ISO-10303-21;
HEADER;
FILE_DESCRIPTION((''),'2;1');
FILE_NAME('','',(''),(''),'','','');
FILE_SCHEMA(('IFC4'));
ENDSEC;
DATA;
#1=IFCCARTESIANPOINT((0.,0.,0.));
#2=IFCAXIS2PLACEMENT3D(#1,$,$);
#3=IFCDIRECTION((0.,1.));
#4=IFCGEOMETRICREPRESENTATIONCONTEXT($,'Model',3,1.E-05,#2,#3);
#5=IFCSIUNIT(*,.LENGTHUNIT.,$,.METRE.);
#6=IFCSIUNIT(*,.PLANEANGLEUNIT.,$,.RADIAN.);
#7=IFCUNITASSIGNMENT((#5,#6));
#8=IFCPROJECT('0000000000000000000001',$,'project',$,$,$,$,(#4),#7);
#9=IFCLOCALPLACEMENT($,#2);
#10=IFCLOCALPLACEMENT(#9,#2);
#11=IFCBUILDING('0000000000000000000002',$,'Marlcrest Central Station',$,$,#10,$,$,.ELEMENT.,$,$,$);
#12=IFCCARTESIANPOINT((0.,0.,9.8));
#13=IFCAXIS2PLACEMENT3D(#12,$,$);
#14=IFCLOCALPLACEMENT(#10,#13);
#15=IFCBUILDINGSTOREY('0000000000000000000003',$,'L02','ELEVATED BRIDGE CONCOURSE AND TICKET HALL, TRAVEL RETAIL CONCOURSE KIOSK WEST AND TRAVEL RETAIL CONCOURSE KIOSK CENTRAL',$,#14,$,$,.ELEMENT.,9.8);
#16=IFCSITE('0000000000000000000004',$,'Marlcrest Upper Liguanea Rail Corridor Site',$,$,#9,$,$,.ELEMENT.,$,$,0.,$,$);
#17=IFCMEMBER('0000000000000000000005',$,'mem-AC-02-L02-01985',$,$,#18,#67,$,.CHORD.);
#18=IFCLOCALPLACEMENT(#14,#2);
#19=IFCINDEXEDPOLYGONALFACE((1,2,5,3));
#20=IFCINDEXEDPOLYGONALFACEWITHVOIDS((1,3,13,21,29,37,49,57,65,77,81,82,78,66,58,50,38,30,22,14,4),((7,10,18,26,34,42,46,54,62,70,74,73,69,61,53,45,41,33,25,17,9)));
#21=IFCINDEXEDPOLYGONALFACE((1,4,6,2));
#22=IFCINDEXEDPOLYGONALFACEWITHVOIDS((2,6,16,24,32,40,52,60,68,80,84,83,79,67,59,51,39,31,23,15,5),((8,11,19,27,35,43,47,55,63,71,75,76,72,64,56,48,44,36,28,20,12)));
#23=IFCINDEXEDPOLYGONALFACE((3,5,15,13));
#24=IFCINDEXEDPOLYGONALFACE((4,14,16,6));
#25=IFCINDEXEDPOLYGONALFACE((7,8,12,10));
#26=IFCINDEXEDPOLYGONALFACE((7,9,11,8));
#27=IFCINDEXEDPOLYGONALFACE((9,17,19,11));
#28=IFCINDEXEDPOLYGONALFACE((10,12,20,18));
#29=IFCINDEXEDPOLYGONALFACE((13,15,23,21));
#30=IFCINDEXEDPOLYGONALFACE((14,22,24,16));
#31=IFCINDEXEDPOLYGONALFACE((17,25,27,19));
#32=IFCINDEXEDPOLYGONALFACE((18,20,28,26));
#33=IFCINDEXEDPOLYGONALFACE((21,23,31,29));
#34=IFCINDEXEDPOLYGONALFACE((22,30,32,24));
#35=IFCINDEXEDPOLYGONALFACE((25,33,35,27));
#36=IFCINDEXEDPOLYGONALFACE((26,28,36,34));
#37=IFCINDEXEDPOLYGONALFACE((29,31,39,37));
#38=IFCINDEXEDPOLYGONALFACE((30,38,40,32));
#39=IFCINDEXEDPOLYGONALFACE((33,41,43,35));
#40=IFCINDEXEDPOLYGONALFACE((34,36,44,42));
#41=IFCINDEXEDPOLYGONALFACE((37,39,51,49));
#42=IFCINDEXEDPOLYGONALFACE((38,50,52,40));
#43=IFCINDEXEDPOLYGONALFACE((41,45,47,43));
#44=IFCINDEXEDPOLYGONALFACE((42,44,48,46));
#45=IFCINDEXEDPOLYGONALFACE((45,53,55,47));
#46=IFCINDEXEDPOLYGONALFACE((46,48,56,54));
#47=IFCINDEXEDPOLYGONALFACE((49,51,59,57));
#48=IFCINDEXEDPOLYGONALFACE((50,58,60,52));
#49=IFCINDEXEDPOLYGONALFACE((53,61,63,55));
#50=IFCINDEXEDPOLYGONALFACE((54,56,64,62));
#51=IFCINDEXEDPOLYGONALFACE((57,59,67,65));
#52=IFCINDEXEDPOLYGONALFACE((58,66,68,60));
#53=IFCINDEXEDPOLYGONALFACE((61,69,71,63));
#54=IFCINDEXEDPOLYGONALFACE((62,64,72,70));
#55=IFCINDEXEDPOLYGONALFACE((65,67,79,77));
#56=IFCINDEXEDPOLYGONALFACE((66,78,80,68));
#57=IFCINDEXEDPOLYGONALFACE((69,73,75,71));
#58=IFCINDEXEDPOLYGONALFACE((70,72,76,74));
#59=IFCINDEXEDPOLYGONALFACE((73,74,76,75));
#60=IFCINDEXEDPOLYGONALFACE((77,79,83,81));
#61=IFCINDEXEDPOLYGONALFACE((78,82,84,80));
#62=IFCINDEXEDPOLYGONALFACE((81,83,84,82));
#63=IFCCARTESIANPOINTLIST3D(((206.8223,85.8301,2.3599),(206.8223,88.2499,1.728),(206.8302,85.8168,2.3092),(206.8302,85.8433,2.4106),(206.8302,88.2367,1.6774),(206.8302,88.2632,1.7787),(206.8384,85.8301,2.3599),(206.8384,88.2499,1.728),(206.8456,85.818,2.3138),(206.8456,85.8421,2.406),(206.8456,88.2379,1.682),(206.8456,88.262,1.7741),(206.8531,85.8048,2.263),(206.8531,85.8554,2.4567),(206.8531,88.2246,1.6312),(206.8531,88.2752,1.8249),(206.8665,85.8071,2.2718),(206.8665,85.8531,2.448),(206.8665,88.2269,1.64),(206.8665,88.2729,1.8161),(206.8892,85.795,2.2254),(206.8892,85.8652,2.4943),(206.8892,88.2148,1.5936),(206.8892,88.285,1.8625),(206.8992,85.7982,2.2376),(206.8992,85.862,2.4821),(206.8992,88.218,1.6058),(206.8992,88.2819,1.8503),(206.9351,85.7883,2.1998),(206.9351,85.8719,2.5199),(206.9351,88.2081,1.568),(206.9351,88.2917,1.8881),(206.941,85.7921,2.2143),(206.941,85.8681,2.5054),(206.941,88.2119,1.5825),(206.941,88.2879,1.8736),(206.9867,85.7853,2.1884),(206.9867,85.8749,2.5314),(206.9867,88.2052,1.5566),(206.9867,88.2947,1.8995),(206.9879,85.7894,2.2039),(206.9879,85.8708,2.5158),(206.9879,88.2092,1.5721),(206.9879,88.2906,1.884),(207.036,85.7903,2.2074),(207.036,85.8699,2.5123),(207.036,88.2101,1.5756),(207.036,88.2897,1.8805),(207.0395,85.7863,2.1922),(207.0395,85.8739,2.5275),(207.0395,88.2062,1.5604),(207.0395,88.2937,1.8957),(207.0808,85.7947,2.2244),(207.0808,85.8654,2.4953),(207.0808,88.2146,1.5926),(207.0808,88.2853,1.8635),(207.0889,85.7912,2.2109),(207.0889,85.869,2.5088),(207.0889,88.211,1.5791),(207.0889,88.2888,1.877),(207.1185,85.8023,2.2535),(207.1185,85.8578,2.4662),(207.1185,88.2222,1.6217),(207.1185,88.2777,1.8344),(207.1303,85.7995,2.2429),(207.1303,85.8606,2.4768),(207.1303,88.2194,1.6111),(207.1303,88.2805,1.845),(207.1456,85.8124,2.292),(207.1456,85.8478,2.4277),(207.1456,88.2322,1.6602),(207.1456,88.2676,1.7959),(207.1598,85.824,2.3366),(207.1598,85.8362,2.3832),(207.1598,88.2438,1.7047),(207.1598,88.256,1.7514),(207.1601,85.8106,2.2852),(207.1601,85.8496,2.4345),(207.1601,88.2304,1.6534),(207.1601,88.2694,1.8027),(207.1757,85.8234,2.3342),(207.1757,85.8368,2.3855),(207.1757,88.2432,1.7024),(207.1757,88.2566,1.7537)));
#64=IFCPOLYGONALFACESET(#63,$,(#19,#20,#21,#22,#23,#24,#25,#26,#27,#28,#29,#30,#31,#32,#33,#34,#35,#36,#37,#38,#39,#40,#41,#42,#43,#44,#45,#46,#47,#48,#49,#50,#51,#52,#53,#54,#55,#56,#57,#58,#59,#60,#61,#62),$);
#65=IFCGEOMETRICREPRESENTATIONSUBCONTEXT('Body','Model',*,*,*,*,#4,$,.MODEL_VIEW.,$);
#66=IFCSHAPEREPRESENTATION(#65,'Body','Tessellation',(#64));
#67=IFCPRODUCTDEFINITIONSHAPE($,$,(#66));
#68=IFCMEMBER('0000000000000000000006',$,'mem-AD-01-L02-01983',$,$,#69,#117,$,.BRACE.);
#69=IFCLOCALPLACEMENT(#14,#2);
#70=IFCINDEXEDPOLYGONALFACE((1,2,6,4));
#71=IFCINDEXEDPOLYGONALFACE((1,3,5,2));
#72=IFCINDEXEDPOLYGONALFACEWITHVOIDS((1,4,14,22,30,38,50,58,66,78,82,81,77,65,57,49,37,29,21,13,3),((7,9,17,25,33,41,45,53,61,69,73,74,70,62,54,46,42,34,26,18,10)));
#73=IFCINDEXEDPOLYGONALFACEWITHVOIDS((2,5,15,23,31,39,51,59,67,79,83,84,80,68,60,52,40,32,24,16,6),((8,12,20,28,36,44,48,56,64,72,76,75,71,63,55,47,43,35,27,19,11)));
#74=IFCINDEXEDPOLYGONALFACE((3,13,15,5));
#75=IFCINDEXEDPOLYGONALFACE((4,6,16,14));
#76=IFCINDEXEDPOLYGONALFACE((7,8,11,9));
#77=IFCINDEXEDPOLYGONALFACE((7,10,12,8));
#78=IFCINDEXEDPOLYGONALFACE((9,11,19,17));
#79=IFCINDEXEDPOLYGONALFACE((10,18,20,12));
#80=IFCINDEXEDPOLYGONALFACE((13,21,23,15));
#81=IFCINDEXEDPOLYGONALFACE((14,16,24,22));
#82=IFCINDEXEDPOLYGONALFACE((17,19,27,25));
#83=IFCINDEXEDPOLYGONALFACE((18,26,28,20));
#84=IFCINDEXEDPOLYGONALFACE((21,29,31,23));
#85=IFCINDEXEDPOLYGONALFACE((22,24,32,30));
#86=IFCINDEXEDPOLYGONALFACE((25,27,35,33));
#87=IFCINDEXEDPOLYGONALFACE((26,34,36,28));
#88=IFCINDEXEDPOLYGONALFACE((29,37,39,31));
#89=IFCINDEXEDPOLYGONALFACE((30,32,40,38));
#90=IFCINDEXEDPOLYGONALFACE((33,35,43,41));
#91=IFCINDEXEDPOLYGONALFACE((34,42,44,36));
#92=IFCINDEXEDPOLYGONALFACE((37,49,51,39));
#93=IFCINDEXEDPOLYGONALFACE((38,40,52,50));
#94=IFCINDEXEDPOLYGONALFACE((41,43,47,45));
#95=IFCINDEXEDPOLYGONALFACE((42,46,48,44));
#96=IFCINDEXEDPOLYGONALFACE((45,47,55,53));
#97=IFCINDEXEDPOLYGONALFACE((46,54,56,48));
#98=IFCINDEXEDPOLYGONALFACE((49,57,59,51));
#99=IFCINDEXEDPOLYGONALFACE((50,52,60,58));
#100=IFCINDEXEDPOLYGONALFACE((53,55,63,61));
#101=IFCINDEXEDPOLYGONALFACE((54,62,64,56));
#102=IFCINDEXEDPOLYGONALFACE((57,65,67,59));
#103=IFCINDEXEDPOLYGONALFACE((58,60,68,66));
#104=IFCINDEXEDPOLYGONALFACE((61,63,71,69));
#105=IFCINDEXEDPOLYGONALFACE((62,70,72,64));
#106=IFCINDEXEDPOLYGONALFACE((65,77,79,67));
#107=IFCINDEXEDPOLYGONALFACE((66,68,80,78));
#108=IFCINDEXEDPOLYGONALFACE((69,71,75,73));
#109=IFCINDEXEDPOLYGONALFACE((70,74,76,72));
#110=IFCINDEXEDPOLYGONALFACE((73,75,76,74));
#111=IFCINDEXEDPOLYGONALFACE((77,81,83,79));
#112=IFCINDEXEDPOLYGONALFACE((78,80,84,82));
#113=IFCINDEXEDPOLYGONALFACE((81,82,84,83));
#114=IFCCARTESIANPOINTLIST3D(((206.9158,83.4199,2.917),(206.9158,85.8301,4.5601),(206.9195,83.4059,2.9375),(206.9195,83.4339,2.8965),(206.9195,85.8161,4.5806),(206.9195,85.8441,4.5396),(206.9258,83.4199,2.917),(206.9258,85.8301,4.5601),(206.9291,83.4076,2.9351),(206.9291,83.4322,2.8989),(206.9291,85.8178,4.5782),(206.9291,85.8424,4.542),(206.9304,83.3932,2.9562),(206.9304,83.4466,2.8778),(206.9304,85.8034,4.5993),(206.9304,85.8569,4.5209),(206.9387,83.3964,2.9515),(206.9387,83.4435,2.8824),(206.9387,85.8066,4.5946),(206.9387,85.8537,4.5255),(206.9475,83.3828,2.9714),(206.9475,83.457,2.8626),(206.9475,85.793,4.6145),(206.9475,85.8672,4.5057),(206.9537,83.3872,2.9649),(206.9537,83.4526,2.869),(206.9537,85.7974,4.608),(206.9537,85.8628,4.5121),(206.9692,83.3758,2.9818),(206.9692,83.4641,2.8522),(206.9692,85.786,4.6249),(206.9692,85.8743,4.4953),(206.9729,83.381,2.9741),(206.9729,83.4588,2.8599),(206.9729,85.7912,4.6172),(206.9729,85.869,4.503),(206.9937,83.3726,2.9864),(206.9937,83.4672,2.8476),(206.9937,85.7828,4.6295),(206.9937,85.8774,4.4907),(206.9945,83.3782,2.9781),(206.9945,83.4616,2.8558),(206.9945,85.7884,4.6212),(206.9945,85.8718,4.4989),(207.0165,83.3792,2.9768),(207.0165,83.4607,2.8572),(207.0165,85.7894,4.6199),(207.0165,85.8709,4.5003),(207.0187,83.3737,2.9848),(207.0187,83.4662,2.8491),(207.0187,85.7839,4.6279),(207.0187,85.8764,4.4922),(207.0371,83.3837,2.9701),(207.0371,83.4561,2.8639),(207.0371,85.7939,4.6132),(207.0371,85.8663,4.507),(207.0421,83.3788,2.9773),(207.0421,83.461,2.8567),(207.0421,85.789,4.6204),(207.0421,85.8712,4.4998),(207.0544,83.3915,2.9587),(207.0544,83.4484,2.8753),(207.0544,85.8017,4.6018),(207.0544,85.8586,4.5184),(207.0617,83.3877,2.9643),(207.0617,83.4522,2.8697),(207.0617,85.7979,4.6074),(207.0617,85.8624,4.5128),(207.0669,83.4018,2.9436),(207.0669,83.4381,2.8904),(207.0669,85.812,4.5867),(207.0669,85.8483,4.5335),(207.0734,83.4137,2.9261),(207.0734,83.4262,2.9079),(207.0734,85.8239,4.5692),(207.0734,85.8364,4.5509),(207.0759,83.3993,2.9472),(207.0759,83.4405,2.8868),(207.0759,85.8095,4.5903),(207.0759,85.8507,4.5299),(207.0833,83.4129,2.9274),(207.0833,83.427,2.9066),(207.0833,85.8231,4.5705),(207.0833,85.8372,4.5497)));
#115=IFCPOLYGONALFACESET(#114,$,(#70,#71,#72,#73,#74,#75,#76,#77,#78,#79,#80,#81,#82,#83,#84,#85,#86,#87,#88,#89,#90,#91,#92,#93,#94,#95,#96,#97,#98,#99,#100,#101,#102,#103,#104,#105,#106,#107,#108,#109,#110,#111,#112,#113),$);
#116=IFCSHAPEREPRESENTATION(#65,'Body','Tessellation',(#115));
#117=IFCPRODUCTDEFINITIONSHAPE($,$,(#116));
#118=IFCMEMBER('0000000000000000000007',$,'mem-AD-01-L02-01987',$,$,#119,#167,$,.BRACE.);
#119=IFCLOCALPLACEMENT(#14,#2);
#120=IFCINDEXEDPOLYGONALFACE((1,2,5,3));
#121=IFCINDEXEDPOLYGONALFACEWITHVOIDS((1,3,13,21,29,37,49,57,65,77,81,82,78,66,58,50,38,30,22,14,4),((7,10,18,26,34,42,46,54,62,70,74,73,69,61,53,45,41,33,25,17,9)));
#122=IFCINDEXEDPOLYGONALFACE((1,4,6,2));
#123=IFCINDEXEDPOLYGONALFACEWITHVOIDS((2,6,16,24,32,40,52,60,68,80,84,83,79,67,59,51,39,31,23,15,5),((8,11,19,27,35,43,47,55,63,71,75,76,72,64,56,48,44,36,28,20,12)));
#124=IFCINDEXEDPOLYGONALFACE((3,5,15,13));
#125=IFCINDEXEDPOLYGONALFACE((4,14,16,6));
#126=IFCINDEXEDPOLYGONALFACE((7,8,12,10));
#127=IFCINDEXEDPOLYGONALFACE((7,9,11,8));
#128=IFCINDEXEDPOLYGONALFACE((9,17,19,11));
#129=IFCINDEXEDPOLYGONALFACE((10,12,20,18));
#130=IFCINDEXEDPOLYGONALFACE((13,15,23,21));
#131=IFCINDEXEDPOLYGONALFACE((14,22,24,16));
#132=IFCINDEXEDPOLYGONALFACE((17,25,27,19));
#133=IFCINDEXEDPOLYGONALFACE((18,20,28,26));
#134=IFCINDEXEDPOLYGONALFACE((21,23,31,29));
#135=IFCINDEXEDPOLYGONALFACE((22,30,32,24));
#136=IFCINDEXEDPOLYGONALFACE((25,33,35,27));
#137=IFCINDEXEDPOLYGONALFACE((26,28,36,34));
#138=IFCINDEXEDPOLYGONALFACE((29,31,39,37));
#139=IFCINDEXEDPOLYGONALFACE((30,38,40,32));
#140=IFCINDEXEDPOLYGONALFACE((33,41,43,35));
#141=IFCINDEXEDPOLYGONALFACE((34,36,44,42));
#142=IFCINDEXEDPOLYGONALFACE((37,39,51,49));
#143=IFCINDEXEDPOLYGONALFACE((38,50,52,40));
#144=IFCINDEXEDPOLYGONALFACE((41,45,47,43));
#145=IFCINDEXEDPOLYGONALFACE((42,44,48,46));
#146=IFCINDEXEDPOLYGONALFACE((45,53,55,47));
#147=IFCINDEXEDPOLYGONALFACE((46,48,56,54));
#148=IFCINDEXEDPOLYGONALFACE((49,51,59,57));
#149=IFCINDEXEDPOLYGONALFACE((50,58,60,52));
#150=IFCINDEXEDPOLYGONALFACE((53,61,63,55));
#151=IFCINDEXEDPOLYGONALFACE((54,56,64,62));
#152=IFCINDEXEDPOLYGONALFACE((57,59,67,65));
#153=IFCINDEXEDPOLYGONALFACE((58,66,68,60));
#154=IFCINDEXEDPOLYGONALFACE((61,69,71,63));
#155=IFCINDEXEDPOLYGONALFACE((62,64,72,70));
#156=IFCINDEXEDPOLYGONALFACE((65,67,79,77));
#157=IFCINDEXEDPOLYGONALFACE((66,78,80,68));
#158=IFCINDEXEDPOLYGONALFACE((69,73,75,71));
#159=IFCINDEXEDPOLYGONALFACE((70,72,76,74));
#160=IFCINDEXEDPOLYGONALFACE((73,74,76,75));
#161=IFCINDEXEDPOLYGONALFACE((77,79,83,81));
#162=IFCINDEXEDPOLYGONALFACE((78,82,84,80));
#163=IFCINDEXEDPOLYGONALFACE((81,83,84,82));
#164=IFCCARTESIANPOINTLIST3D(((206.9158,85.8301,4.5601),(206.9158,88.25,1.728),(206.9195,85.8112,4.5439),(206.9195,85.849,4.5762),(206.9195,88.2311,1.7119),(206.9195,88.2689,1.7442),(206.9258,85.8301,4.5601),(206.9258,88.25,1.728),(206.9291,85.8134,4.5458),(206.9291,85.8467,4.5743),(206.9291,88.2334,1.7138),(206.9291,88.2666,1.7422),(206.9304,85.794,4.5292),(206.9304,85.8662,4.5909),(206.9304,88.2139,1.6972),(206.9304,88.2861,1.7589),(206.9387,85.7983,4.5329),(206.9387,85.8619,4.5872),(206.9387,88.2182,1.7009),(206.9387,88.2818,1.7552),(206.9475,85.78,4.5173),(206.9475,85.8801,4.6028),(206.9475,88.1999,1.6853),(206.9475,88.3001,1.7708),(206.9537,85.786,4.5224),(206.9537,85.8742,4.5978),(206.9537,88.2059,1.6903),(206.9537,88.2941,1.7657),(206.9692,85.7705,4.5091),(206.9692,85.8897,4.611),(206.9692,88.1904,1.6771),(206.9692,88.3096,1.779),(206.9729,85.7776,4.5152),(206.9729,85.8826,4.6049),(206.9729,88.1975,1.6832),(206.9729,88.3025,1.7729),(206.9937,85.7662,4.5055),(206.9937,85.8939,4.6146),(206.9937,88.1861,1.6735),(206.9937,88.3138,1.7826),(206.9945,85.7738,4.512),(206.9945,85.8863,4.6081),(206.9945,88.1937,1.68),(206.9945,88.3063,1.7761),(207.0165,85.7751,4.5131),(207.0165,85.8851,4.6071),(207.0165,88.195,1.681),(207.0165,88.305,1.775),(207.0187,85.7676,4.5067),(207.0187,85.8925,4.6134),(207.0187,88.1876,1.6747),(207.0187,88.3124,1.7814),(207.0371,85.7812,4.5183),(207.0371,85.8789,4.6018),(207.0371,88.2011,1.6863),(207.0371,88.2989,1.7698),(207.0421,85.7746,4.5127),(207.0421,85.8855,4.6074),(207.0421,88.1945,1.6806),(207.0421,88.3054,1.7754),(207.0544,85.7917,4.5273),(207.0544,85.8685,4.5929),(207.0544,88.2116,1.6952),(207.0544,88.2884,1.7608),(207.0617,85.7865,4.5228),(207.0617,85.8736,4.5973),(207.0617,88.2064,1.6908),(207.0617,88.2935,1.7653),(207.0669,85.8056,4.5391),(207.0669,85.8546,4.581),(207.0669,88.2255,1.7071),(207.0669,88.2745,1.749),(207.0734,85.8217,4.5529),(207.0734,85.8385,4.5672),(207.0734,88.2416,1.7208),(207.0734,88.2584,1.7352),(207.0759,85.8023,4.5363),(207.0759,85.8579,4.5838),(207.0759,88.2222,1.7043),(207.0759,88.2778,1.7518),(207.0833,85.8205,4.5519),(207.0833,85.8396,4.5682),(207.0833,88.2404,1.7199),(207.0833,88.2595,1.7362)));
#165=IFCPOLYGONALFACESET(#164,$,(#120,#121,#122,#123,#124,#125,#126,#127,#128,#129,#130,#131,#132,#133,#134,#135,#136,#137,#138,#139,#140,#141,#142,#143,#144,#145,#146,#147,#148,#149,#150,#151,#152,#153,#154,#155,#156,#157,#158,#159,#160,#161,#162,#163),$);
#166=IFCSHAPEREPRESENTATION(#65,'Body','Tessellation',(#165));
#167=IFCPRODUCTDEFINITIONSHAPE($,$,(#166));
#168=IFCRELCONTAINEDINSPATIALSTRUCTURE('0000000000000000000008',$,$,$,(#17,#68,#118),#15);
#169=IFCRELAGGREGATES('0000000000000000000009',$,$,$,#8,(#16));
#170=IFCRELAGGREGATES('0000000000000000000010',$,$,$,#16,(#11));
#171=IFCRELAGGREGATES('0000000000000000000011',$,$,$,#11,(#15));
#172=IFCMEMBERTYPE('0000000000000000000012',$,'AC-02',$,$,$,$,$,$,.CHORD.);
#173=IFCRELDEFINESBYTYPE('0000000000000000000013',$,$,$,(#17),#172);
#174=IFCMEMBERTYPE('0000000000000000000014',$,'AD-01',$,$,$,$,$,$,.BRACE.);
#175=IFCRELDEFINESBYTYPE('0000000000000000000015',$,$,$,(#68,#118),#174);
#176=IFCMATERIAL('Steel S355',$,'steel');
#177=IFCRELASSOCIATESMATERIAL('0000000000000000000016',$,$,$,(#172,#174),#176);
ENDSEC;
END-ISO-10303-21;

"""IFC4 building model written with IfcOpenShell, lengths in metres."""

from ifc_helpers import new_model, si_unit, direction, frame, origin, origin_2d, place, context, subcontext, project, spatial, hollow_circle, extrude, material, material_profile, profile_set, type_object, element, save


model = new_model("IFC4")

# Units and contexts
model_context = context("Model", 3, precision=1e-05, world=origin(), true_north=direction((0.0, 1.0)))
body_context = subcontext(model_context, "Body", "Model", "MODEL_VIEW")
ifc_project = project(units=[si_unit("LENGTHUNIT", "METRE"), si_unit("PLANEANGLEUNIT", "RADIAN")], contexts=[model_context])

# Site, building, storey
site_placement = place(None, origin())
site = spatial("IfcSite", under=ifc_project, at=site_placement, Name="Marlcrest Upper Liguanea Rail Corridor Site", CompositionType="ELEMENT", RefElevation=0.0)
building_placement = place(site_placement, origin())
building = spatial("IfcBuilding", under=site, at=building_placement, Name="Marlcrest Central Station", CompositionType="ELEMENT")
storey_placement = place(building_placement, frame((0.0, 0.0, 9.8)))
storey = spatial("IfcBuildingStorey", under=building, at=storey_placement, Name="L02", Description="ELEVATED BRIDGE CONCOURSE AND TICKET HALL, TRAVEL RETAIL CONCOURSE KIOSK WEST AND TRAVEL RETAIL CONCOURSE KIOSK CENTRAL", CompositionType="ELEMENT", Elevation=9.8)

# Members
ifc_material_1 = material(Name="Steel S355", Category="steel")
ifc_material_profile_1 = material_profile(ifc_material_1, hollow_circle(Radius=0.1777, WallThickness=0.0161, at=origin_2d()), Name="CHS 355.6x16")
ifc_profile_set_1 = profile_set([ifc_material_profile_1], Name="Steel S355")
member_type_1 = type_object("IfcMemberType", Name="AC-02", PredefinedType="CHORD", material=ifc_profile_set_1)
member_1_placement = place(storey_placement, frame((207.0, 85.8301, 2.3599), z_axis=(0.0, 0.967563, -0.252629), x_axis=(-1.0, 0.0, 0.0)))
element("IfcMember", 1, at=member_1_placement, inside=storey, type_object=member_type_1, Name="mem-AC-02-L02-01985", PredefinedType="CHORD", context=body_context, shape_type="SweptSolid", body=[
    extrude(hollow_circle(Radius=0.1777, WallThickness=0.0161, at=origin_2d()), origin(), (0.0, 0.0, 1.0), 2.501),
])
ifc_material_profile_2 = material_profile(ifc_material_1, hollow_circle(Radius=0.0842, WallThickness=0.01, at=origin_2d()), Name="CHS 168.3x10")
ifc_profile_set_2 = profile_set([ifc_material_profile_2], Name="Steel S355")
member_type_2 = type_object("IfcMemberType", Name="AD-01", PredefinedType="BRACE", material=ifc_profile_set_2)
member_2_placement = place(storey_placement, frame((207.0, 83.4199, 2.917), z_axis=(0.0, 0.826263, 0.563285), x_axis=(-1.0, 0.0, 0.0)))
element("IfcMember", 2, at=member_2_placement, inside=storey, type_object=member_type_2, Name="mem-AD-01-L02-01983", PredefinedType="BRACE", context=body_context, shape_type="SweptSolid", body=[
    extrude(hollow_circle(Radius=0.0842, WallThickness=0.01, at=origin_2d()), origin(), (0.0, 0.0, 1.0), 2.917),
])
member_3_placement = place(storey_placement, frame((207.0, 85.8301, 4.5601), z_axis=(0.0, 0.649625, -0.760255), x_axis=(-1.0, 0.0, 0.0)))
element("IfcMember", 3, at=member_3_placement, inside=storey, type_object=member_type_2, Name="mem-AD-01-L02-01987", PredefinedType="BRACE", context=body_context, shape_type="SweptSolid", body=[
    extrude(hollow_circle(Radius=0.0842, WallThickness=0.01, at=origin_2d()), origin(), (0.0, 0.0, 1.0), 3.7251),
])

save(model, "model.ifc")
